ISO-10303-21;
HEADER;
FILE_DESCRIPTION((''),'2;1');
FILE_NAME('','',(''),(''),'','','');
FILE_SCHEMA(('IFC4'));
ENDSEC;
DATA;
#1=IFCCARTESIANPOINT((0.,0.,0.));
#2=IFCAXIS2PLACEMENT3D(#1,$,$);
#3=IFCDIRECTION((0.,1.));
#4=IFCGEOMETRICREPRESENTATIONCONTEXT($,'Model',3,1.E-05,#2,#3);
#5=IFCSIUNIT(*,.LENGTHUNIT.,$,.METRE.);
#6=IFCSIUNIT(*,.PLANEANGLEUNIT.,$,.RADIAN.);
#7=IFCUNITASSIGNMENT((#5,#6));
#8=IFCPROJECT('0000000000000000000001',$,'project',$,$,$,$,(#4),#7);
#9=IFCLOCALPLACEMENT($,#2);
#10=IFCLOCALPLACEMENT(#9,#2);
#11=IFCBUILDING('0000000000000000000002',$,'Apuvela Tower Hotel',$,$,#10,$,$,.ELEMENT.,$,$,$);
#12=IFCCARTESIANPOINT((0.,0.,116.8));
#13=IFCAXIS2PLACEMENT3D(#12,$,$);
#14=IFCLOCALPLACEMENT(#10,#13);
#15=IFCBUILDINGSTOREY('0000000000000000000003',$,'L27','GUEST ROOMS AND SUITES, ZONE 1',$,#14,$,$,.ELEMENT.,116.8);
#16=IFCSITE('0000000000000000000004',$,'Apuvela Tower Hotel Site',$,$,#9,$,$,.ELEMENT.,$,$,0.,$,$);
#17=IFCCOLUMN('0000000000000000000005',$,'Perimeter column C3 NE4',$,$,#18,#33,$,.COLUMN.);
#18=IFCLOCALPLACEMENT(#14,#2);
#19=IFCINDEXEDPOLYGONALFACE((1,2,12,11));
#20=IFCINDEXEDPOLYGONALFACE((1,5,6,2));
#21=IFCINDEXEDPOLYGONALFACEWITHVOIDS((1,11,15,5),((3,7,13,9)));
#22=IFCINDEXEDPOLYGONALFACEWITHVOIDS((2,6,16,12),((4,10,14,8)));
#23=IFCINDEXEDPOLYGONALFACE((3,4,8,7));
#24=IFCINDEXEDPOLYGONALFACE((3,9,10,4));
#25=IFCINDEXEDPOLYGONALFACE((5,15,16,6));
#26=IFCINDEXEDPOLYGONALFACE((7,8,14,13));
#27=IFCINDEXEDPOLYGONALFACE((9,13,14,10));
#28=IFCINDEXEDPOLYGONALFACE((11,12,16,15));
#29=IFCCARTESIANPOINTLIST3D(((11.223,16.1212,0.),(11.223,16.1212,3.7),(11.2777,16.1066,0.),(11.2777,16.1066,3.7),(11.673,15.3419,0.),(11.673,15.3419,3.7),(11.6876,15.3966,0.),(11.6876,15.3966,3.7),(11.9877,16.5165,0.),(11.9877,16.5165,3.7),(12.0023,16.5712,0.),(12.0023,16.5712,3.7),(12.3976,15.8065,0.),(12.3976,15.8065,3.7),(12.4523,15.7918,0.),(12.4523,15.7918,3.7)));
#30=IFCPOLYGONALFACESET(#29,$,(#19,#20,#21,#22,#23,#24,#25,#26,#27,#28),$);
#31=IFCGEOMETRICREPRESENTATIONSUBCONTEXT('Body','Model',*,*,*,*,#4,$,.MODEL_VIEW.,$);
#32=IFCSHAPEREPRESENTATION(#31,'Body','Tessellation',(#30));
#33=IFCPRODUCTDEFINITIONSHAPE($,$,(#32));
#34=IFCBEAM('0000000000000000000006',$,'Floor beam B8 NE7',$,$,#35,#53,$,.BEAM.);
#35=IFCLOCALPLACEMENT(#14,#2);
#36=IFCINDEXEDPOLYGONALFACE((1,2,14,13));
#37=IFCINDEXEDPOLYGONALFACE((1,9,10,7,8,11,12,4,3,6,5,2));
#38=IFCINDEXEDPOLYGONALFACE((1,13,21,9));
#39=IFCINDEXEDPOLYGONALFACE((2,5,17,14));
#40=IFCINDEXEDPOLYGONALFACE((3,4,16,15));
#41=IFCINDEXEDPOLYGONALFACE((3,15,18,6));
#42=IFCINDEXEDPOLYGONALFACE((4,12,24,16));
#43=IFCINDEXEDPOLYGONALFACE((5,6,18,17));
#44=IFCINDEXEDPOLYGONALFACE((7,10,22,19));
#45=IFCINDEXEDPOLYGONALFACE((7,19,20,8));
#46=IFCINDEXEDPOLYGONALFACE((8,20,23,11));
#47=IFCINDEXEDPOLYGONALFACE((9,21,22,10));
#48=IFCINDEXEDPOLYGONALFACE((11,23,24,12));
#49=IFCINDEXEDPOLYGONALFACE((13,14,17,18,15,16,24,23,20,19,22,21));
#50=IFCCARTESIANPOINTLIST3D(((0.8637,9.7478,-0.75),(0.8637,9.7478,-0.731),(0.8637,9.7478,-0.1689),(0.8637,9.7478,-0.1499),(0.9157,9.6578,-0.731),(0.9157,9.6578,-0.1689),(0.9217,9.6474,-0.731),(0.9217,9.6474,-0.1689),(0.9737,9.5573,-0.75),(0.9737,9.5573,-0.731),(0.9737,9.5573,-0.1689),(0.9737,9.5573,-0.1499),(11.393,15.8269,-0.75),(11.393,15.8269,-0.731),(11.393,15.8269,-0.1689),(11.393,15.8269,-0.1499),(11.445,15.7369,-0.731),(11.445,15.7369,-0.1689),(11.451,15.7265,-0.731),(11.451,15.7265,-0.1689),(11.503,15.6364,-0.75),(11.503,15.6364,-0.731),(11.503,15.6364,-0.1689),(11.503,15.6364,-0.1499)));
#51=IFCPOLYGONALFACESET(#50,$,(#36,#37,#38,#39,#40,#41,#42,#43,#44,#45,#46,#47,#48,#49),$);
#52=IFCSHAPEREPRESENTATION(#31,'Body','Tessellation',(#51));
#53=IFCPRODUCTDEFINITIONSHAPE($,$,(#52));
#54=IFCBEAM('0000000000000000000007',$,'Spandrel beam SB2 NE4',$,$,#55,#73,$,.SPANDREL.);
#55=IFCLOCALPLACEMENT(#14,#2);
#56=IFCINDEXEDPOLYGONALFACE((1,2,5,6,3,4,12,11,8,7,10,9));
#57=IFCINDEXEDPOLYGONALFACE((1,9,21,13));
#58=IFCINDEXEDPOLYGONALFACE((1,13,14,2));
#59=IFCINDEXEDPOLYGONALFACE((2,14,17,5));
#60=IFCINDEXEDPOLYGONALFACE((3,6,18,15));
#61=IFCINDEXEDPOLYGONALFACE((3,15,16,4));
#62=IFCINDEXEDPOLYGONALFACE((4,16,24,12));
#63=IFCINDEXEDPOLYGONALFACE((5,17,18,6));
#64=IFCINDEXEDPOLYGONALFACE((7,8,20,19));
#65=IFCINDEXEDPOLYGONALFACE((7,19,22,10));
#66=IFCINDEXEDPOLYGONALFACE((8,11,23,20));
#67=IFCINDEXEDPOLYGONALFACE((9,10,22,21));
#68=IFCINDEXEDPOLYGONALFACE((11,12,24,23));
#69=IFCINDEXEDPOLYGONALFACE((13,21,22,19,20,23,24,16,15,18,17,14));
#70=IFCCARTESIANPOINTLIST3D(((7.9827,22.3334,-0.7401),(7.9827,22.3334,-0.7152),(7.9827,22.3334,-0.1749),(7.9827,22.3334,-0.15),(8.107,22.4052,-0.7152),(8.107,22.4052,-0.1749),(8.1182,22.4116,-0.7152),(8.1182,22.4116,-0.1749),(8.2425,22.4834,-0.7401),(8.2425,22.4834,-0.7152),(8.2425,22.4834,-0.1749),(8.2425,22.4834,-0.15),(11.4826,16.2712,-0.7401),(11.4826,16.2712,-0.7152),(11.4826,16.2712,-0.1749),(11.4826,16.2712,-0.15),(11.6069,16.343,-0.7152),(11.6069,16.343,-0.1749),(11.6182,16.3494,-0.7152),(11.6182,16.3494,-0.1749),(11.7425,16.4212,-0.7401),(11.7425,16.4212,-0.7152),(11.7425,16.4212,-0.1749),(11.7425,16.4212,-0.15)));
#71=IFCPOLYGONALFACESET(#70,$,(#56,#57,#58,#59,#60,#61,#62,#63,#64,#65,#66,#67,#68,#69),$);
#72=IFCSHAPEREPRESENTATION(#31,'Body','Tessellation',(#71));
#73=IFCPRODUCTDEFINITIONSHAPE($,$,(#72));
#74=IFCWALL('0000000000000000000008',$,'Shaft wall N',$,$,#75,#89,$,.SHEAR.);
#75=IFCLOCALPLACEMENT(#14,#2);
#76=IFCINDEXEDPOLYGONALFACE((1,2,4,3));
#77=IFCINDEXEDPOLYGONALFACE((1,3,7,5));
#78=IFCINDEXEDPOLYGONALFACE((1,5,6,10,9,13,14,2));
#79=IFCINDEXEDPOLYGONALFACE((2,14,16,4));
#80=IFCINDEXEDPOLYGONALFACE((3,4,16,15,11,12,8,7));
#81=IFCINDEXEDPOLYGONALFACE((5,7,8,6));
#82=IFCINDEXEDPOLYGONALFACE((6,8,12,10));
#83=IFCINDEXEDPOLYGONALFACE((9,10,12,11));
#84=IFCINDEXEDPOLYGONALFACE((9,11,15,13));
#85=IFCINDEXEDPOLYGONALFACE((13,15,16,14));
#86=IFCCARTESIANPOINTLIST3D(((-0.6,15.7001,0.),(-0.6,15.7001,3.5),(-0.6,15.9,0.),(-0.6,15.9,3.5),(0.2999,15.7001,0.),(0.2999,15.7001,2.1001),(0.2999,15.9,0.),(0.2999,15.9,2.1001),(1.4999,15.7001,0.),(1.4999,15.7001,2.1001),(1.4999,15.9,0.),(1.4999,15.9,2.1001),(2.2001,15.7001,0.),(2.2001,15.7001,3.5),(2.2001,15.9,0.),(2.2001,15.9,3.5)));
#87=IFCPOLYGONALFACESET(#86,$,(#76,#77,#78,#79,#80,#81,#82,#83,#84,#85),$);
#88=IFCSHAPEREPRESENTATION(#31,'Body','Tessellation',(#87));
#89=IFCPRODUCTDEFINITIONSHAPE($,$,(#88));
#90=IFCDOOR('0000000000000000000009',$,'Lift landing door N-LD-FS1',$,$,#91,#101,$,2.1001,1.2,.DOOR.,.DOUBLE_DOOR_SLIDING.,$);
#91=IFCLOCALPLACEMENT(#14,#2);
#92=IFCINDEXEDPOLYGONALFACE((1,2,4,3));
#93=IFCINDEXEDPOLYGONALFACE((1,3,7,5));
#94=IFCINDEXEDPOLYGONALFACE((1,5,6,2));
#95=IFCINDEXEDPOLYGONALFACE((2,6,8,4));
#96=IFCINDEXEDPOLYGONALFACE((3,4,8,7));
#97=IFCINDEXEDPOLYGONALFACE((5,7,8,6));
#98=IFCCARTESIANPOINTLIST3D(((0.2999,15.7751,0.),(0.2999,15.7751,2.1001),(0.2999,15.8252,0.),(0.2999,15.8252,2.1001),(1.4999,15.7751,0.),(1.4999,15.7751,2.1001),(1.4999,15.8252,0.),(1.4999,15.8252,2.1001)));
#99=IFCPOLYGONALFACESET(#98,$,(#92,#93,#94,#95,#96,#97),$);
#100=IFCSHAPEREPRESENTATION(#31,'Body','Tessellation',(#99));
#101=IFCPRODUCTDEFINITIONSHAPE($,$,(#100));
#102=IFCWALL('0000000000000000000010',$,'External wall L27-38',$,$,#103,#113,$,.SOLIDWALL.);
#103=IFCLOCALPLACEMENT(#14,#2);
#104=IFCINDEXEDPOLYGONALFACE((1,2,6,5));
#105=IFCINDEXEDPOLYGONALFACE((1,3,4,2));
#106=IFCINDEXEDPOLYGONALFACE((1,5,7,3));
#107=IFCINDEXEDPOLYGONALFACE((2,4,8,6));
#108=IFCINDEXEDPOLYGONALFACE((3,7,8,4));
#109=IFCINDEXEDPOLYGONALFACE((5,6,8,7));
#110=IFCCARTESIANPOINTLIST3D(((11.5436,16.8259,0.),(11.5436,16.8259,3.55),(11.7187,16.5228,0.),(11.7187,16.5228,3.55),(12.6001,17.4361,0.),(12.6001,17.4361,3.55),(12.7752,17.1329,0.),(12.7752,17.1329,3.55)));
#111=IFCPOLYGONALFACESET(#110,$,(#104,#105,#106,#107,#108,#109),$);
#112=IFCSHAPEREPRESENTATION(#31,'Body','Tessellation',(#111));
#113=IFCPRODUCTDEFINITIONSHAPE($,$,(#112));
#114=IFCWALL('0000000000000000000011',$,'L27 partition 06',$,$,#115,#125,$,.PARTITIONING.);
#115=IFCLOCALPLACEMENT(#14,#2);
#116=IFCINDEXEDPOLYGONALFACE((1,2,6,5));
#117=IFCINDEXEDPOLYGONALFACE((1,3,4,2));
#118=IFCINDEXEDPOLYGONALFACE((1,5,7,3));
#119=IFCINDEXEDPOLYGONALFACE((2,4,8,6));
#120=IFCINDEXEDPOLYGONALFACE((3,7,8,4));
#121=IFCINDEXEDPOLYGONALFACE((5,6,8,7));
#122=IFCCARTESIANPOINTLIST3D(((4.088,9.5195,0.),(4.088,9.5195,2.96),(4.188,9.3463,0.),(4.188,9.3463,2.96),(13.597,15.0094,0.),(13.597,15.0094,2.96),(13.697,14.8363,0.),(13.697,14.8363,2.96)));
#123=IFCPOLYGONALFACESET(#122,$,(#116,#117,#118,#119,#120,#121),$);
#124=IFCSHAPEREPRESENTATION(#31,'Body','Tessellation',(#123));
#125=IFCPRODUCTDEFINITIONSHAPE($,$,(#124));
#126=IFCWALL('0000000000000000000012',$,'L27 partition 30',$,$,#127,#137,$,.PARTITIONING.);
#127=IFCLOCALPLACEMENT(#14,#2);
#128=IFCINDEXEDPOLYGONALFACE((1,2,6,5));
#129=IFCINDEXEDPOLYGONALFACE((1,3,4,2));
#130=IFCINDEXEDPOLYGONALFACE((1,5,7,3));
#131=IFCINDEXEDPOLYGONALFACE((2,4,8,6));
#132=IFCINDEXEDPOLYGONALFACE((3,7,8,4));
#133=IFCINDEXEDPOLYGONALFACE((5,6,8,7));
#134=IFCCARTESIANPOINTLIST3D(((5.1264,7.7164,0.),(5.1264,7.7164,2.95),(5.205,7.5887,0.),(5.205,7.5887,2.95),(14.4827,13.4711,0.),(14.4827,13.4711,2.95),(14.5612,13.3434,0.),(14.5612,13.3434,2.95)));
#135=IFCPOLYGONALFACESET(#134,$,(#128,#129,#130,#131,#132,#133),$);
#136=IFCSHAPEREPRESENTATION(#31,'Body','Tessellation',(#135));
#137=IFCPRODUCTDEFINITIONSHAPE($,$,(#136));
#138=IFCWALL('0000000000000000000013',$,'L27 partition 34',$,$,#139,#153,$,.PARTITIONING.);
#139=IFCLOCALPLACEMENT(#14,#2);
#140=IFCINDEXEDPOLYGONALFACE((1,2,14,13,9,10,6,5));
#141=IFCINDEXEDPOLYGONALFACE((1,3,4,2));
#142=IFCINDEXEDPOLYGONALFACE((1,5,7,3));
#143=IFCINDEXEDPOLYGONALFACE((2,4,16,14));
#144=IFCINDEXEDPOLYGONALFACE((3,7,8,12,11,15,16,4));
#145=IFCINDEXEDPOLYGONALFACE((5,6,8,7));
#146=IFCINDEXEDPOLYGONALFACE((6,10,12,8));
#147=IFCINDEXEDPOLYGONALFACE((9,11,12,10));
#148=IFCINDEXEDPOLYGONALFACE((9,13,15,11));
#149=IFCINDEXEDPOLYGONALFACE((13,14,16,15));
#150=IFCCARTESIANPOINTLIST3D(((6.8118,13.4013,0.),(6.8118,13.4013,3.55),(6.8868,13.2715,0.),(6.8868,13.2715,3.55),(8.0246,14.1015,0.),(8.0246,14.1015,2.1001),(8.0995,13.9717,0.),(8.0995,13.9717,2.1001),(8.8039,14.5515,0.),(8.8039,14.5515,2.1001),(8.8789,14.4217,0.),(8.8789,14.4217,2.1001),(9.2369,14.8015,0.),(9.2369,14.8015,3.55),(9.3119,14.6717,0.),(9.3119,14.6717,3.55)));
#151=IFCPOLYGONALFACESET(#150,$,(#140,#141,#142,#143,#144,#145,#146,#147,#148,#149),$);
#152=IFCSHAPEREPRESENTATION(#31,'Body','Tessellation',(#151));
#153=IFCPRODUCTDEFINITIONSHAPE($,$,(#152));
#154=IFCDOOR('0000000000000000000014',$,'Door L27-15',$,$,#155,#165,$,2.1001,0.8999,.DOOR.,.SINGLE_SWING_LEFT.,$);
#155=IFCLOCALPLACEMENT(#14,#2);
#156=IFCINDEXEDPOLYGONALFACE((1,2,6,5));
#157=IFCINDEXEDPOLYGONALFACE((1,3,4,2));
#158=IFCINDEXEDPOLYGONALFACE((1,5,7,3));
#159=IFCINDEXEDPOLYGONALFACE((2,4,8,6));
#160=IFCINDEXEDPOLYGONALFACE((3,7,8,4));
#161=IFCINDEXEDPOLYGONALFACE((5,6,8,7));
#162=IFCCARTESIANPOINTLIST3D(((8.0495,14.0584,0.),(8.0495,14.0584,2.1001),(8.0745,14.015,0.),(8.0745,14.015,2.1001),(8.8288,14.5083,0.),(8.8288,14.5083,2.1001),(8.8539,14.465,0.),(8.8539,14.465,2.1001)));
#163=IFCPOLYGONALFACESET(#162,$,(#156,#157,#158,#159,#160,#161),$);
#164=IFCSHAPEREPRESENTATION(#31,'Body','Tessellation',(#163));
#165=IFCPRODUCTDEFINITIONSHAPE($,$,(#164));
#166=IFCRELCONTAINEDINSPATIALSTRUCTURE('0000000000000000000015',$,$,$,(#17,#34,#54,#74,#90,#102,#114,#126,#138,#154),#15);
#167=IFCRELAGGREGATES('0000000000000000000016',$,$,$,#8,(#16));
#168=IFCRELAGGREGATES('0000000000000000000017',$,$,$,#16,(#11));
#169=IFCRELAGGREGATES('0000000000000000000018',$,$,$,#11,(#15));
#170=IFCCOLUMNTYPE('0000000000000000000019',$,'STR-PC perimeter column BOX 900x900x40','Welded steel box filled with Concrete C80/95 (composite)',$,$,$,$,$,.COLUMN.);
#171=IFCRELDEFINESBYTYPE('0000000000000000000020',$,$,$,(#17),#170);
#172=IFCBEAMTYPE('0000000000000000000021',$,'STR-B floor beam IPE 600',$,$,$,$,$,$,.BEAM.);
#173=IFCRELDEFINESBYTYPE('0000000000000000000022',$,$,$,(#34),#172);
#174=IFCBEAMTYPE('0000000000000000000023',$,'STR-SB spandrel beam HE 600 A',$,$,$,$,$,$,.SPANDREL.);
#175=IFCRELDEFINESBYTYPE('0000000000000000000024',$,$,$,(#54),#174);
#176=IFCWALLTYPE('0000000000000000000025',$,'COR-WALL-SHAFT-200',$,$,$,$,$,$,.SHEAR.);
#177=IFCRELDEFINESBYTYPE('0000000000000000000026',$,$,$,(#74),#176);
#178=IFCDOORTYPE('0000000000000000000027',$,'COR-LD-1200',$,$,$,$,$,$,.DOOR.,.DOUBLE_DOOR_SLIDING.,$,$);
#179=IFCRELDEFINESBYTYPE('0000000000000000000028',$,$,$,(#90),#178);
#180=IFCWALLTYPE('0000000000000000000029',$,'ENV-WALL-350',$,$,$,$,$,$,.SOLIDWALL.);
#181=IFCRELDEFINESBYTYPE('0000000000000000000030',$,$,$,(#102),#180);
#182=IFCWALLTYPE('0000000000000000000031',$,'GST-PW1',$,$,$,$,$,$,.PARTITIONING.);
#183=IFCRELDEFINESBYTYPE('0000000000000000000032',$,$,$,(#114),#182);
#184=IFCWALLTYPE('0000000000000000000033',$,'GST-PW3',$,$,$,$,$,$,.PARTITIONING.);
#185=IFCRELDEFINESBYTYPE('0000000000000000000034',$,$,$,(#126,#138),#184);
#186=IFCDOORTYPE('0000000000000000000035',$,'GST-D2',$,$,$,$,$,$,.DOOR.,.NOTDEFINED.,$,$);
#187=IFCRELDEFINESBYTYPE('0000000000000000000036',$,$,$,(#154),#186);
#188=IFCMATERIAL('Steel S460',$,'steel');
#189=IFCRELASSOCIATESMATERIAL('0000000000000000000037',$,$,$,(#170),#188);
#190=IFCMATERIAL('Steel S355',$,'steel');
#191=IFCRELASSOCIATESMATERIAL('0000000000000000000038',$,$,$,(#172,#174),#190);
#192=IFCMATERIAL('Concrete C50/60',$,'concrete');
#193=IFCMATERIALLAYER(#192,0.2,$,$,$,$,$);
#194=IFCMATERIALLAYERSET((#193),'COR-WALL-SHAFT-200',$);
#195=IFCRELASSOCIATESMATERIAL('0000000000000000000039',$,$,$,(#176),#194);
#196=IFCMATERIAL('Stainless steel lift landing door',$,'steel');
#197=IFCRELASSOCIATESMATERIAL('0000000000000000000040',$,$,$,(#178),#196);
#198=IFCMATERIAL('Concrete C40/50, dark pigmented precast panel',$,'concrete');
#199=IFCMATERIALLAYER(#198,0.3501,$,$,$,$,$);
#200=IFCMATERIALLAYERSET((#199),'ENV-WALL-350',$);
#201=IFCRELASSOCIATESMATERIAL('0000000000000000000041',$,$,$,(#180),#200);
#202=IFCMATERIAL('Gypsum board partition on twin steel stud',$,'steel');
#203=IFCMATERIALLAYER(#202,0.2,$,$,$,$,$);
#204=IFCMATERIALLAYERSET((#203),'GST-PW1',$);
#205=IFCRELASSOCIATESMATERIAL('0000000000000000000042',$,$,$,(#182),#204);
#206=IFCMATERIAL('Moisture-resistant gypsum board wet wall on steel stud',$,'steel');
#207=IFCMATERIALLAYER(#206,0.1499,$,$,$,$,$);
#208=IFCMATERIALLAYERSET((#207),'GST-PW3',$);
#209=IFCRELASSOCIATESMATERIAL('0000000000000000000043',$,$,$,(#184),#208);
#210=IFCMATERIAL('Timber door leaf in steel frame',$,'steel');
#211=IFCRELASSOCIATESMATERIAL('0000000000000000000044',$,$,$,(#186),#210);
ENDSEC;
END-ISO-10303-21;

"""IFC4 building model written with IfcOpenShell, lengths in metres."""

from ifc_helpers import new_model, si_unit, direction, frame, frame_2d, origin, origin_2d, place, context, subcontext, project, spatial, rectangle, hollow_rectangle, i_section, extrude, material, layer, layer_set, material_profile, profile_set, type_object, element, fill, save


model = new_model("IFC4")

# Units and contexts
model_context = context("Model", 3, precision=1e-05, world=origin(), true_north=direction((0.0, 1.0)))
body_context = subcontext(model_context, "Body", "Model", "MODEL_VIEW")
ifc_project = project(units=[si_unit("LENGTHUNIT", "METRE"), si_unit("PLANEANGLEUNIT", "RADIAN")], contexts=[model_context])

# Site, building, storey
site_placement = place(None, origin())
site = spatial("IfcSite", under=ifc_project, at=site_placement, Name="Apuvela Tower Hotel Site", CompositionType="ELEMENT", RefElevation=0.0)
building_placement = place(site_placement, origin())
building = spatial("IfcBuilding", under=site, at=building_placement, Name="Apuvela Tower Hotel", CompositionType="ELEMENT")
storey_placement = place(building_placement, frame((0.0, 0.0, 116.8)))
storey = spatial("IfcBuildingStorey", under=building, at=storey_placement, Name="L27", Description="GUEST ROOMS AND SUITES, ZONE 1", CompositionType="ELEMENT", Elevation=116.8)

# Column
ifc_material_1 = material(Name="Steel S460", Category="steel")
ifc_material_profile_1 = material_profile(ifc_material_1, hollow_rectangle(XDim=0.8999, YDim=0.8999, WallThickness=0.04, at=origin_2d()), Name="BOX 900x900x40")
ifc_material_2 = material(Name="Concrete C80/95", Category="concrete")
ifc_material_profile_2 = material_profile(ifc_material_2, rectangle(XDim=0.8201, YDim=0.8201, at=origin_2d()), Name="Concrete C80/95 infill")
ifc_profile_set_1 = profile_set([ifc_material_profile_1, ifc_material_profile_2], Name="Steel S460")
column_type = type_object("IfcColumnType", Name="STR-PC perimeter column BOX 900x900x40", Description="Welded steel box filled with Concrete C80/95 (composite)", PredefinedType="COLUMN", material=ifc_profile_set_1)
column_placement = place(storey_placement, frame((11.8376, 15.9565, 0.0), z_axis=(0.0, 0.0, 1.0), x_axis=(-0.5, 0.866025, 0.0)))
element("IfcColumn", 1, at=column_placement, inside=storey, type_object=column_type, Name="Perimeter column C3 NE4", PredefinedType="COLUMN", context=body_context, shape_type="SweptSolid", body=[
    extrude(hollow_rectangle(XDim=0.8999, YDim=0.8999, WallThickness=0.04, at=origin_2d()), origin(), (0.0, 0.0, 1.0), 3.7),
])

# Beams
ifc_material_3 = material(Name="Steel S355", Category="steel")
ifc_material_profile_3 = material_profile(ifc_material_3, i_section(OverallWidth=0.22, OverallDepth=0.6001, WebThickness=0.012, FlangeThickness=0.019, at=origin_2d()), Name="IPE 600")
ifc_profile_set_2 = profile_set([ifc_material_profile_3], Name="Steel S355")
beam_type_1 = type_object("IfcBeamType", Name="STR-B floor beam IPE 600", PredefinedType="BEAM", material=ifc_profile_set_2)
beam_1_placement = place(storey_placement, frame((11.448, 15.7317, -0.45), z_axis=(-0.866025, -0.500001, 0.0), x_axis=(0.500001, -0.866025, 0.0)))
element("IfcBeam", 2, at=beam_1_placement, inside=storey, type_object=beam_type_1, Name="Floor beam B8 NE7", PredefinedType="BEAM", context=body_context, shape_type="SweptSolid", body=[
    extrude(i_section(OverallWidth=0.22, OverallDepth=0.6001, WebThickness=0.012, FlangeThickness=0.019, at=origin_2d()), origin(), (0.0, 0.0, 1.0), 12.1582),
])
ifc_material_profile_4 = material_profile(ifc_material_3, i_section(OverallWidth=0.3, OverallDepth=0.5901, WebThickness=0.0129, FlangeThickness=0.0249, at=origin_2d()), Name="HE 600 A")
ifc_profile_set_3 = profile_set([ifc_material_profile_4], Name="Steel S355")
beam_type_2 = type_object("IfcBeamType", Name="STR-SB spandrel beam HE 600 A", PredefinedType="SPANDREL", material=ifc_profile_set_3)
beam_2_placement = place(storey_placement, frame((11.6125, 16.3462, -0.4451), z_axis=(-0.499995, 0.866028, 0.0), x_axis=(-0.866028, -0.499995, 0.0)))
element("IfcBeam", 3, at=beam_2_placement, inside=storey, type_object=beam_type_2, Name="Spandrel beam SB2 NE4", PredefinedType="SPANDREL", context=body_context, shape_type="SweptSolid", body=[
    extrude(i_section(OverallWidth=0.3, OverallDepth=0.5901, WebThickness=0.0129, FlangeThickness=0.0249, at=origin_2d()), origin(), (0.0, 0.0, 1.0), 7.0),
])

# Wall, opening, door
ifc_material_4 = material(Name="Concrete C50/60", Category="concrete")
ifc_layer_1 = layer(ifc_material_4, 0.2)
ifc_layer_set_1 = layer_set([ifc_layer_1], Name="COR-WALL-SHAFT-200")
wall_type_1 = type_object("IfcWallType", Name="COR-WALL-SHAFT-200", PredefinedType="SHEAR", material=ifc_layer_set_1)
wall_1_placement = place(storey_placement, frame((2.2, 15.8, 0.0), z_axis=(0.0, 0.0, 1.0), x_axis=(-1.0, 0.0, 0.0)))
wall_1 = element("IfcWall", 4, at=wall_1_placement, inside=storey, type_object=wall_type_1, Name="Shaft wall N", PredefinedType="SHEAR", context=body_context, shape_type="SweptSolid", body=[
    extrude(rectangle(XDim=2.8, YDim=0.2, at=frame_2d((1.3999, 0.0))), origin(), (0.0, 0.0, 1.0), 3.5),
])
opening_1_placement = place(wall_1_placement, frame((0.7, 0.0, 0.0)))
opening_1 = element("IfcOpeningElement", 5, at=opening_1_placement, cuts=wall_1, PredefinedType="OPENING", context=body_context, shape_type="SweptSolid", body=[
    extrude(rectangle(XDim=1.2, YDim=2.1001, at=frame_2d((0.6001, 1.05))), frame((0.0, 0.1099, 0.0), z_axis=(0.0, -1.0, 0.0), x_axis=(1.0, 0.0, 0.0)), (0.0, 0.0, 1.0), 0.22),
])
ifc_material_5 = material(Name="Stainless steel lift landing door", Category="steel")
door_type_1 = type_object("IfcDoorType", Name="COR-LD-1200", OperationType="DOUBLE_DOOR_SLIDING", PredefinedType="DOOR", material=ifc_material_5)
door_1_placement = place(opening_1_placement, origin())
door_1 = element("IfcDoor", 6, at=door_1_placement, inside=storey, type_object=door_type_1, Name="Lift landing door N-LD-FS1", OperationType="DOUBLE_DOOR_SLIDING", OverallHeight=2.1001, OverallWidth=1.2, PredefinedType="DOOR", context=body_context, shape_type="SweptSolid", body=[
    extrude(rectangle(XDim=1.2, YDim=2.1001, at=frame_2d((0.6001, 1.05))), frame((0.0, 0.0249, 0.0), z_axis=(0.0, -1.0, 0.0), x_axis=(1.0, 0.0, 0.0)), (0.0, 0.0, 1.0), 0.05),
])
fill(opening_1, door_1)

# Wall
ifc_material_6 = material(Name="Concrete C40/50, dark pigmented precast panel", Category="concrete")
ifc_layer_2 = layer(ifc_material_6, 0.3501)
ifc_layer_set_2 = layer_set([ifc_layer_2], Name="ENV-WALL-350")
wall_type_2 = type_object("IfcWallType", Name="ENV-WALL-350", PredefinedType="SOLIDWALL", material=ifc_layer_set_2)
wall_2_placement = place(storey_placement, frame((12.6875, 17.2844, 0.0), z_axis=(0.0, 0.0, 1.0), x_axis=(-0.865956, -0.500121, 0.0)))
element("IfcWall", 7, at=wall_2_placement, inside=storey, type_object=wall_type_2, Name="External wall L27-38", PredefinedType="SOLIDWALL", context=body_context, shape_type="SweptSolid", body=[
    extrude(rectangle(XDim=1.22, YDim=0.3501, at=frame_2d((0.6099, 0.0))), origin(), (0.0, 0.0, 1.0), 3.55),
])

# Walls
ifc_material_7 = material(Name="Gypsum board partition on twin steel stud", Category="steel")
ifc_layer_3 = layer(ifc_material_7, 0.2)
ifc_layer_set_3 = layer_set([ifc_layer_3], Name="GST-PW1")
wall_type_3 = type_object("IfcWallType", Name="GST-PW1", PredefinedType="PARTITIONING", material=ifc_layer_set_3)
wall_3_placement = place(storey_placement, frame((13.647, 14.9229, 0.0), z_axis=(0.0, 0.0, 1.0), x_axis=(-0.866027, -0.499996, 0.0)))
element("IfcWall", 8, at=wall_3_placement, inside=storey, type_object=wall_type_3, Name="L27 partition 06", PredefinedType="PARTITIONING", context=body_context, shape_type="SweptSolid", body=[
    extrude(rectangle(XDim=10.98, YDim=0.2, at=frame_2d((5.49, 0.0))), origin(), (0.0, 0.0, 1.0), 2.96),
])
ifc_material_8 = material(Name="Moisture-resistant gypsum board wet wall on steel stud", Category="steel")
ifc_layer_4 = layer(ifc_material_8, 0.1499)
ifc_layer_set_4 = layer_set([ifc_layer_4], Name="GST-PW3")
wall_type_4 = type_object("IfcWallType", Name="GST-PW3", PredefinedType="PARTITIONING", material=ifc_layer_set_4)
wall_4_placement = place(storey_placement, frame((14.522, 13.4072, 0.0), z_axis=(0.0, 0.0, 1.0), x_axis=(-0.851781, -0.523898, 0.0)))
element("IfcWall", 9, at=wall_4_placement, inside=storey, type_object=wall_type_4, Name="L27 partition 30", PredefinedType="PARTITIONING", context=body_context, shape_type="SweptSolid", body=[
    extrude(rectangle(XDim=10.9844, YDim=0.1499, at=frame_2d((5.4922, 0.0))), origin(), (0.0, 0.0, 1.0), 2.95),
])

# Wall, opening, door
wall_5_placement = place(storey_placement, frame((9.2744, 14.7366, 0.0), z_axis=(0.0, 0.0, 1.0), x_axis=(-0.866019, -0.500012, 0.0)))
wall_5 = element("IfcWall", 10, at=wall_5_placement, inside=storey, type_object=wall_type_4, Name="L27 partition 34", PredefinedType="PARTITIONING", context=body_context, shape_type="SweptSolid", body=[
    extrude(rectangle(XDim=2.8003, YDim=0.1499, at=frame_2d((1.4001, 0.0))), origin(), (0.0, 0.0, 1.0), 3.55),
])
opening_2_placement = place(wall_5_placement, frame((0.5, 0.0, 0.0)))
opening_2 = element("IfcOpeningElement", 11, at=opening_2_placement, cuts=wall_5, PredefinedType="OPENING", context=body_context, shape_type="SweptSolid", body=[
    extrude(rectangle(XDim=0.8999, YDim=2.1001, at=frame_2d((0.45, 1.05))), frame((0.0, 0.085, 0.0), z_axis=(0.0, -1.0, 0.0), x_axis=(1.0, 0.0, 0.0)), (0.0, 0.0, 1.0), 0.1699),
])
ifc_material_9 = material(Name="Timber door leaf in steel frame", Category="steel")
door_type_2 = type_object("IfcDoorType", Name="GST-D2", OperationType="NOTDEFINED", PredefinedType="DOOR", material=ifc_material_9)
door_2_placement = place(opening_2_placement, origin())
door_2 = element("IfcDoor", 12, at=door_2_placement, inside=storey, type_object=door_type_2, Name="Door L27-15", OperationType="SINGLE_SWING_LEFT", OverallHeight=2.1001, OverallWidth=0.8999, PredefinedType="DOOR", context=body_context, shape_type="SweptSolid", body=[
    extrude(rectangle(XDim=0.8999, YDim=2.1001, at=frame_2d((0.45, 1.05))), frame((0.0, 0.0249, 0.0), z_axis=(0.0, -1.0, 0.0), x_axis=(1.0, 0.0, 0.0)), (0.0, 0.0, 1.0), 0.05),
])
fill(opening_2, door_2)

save(model, "model.ifc")
